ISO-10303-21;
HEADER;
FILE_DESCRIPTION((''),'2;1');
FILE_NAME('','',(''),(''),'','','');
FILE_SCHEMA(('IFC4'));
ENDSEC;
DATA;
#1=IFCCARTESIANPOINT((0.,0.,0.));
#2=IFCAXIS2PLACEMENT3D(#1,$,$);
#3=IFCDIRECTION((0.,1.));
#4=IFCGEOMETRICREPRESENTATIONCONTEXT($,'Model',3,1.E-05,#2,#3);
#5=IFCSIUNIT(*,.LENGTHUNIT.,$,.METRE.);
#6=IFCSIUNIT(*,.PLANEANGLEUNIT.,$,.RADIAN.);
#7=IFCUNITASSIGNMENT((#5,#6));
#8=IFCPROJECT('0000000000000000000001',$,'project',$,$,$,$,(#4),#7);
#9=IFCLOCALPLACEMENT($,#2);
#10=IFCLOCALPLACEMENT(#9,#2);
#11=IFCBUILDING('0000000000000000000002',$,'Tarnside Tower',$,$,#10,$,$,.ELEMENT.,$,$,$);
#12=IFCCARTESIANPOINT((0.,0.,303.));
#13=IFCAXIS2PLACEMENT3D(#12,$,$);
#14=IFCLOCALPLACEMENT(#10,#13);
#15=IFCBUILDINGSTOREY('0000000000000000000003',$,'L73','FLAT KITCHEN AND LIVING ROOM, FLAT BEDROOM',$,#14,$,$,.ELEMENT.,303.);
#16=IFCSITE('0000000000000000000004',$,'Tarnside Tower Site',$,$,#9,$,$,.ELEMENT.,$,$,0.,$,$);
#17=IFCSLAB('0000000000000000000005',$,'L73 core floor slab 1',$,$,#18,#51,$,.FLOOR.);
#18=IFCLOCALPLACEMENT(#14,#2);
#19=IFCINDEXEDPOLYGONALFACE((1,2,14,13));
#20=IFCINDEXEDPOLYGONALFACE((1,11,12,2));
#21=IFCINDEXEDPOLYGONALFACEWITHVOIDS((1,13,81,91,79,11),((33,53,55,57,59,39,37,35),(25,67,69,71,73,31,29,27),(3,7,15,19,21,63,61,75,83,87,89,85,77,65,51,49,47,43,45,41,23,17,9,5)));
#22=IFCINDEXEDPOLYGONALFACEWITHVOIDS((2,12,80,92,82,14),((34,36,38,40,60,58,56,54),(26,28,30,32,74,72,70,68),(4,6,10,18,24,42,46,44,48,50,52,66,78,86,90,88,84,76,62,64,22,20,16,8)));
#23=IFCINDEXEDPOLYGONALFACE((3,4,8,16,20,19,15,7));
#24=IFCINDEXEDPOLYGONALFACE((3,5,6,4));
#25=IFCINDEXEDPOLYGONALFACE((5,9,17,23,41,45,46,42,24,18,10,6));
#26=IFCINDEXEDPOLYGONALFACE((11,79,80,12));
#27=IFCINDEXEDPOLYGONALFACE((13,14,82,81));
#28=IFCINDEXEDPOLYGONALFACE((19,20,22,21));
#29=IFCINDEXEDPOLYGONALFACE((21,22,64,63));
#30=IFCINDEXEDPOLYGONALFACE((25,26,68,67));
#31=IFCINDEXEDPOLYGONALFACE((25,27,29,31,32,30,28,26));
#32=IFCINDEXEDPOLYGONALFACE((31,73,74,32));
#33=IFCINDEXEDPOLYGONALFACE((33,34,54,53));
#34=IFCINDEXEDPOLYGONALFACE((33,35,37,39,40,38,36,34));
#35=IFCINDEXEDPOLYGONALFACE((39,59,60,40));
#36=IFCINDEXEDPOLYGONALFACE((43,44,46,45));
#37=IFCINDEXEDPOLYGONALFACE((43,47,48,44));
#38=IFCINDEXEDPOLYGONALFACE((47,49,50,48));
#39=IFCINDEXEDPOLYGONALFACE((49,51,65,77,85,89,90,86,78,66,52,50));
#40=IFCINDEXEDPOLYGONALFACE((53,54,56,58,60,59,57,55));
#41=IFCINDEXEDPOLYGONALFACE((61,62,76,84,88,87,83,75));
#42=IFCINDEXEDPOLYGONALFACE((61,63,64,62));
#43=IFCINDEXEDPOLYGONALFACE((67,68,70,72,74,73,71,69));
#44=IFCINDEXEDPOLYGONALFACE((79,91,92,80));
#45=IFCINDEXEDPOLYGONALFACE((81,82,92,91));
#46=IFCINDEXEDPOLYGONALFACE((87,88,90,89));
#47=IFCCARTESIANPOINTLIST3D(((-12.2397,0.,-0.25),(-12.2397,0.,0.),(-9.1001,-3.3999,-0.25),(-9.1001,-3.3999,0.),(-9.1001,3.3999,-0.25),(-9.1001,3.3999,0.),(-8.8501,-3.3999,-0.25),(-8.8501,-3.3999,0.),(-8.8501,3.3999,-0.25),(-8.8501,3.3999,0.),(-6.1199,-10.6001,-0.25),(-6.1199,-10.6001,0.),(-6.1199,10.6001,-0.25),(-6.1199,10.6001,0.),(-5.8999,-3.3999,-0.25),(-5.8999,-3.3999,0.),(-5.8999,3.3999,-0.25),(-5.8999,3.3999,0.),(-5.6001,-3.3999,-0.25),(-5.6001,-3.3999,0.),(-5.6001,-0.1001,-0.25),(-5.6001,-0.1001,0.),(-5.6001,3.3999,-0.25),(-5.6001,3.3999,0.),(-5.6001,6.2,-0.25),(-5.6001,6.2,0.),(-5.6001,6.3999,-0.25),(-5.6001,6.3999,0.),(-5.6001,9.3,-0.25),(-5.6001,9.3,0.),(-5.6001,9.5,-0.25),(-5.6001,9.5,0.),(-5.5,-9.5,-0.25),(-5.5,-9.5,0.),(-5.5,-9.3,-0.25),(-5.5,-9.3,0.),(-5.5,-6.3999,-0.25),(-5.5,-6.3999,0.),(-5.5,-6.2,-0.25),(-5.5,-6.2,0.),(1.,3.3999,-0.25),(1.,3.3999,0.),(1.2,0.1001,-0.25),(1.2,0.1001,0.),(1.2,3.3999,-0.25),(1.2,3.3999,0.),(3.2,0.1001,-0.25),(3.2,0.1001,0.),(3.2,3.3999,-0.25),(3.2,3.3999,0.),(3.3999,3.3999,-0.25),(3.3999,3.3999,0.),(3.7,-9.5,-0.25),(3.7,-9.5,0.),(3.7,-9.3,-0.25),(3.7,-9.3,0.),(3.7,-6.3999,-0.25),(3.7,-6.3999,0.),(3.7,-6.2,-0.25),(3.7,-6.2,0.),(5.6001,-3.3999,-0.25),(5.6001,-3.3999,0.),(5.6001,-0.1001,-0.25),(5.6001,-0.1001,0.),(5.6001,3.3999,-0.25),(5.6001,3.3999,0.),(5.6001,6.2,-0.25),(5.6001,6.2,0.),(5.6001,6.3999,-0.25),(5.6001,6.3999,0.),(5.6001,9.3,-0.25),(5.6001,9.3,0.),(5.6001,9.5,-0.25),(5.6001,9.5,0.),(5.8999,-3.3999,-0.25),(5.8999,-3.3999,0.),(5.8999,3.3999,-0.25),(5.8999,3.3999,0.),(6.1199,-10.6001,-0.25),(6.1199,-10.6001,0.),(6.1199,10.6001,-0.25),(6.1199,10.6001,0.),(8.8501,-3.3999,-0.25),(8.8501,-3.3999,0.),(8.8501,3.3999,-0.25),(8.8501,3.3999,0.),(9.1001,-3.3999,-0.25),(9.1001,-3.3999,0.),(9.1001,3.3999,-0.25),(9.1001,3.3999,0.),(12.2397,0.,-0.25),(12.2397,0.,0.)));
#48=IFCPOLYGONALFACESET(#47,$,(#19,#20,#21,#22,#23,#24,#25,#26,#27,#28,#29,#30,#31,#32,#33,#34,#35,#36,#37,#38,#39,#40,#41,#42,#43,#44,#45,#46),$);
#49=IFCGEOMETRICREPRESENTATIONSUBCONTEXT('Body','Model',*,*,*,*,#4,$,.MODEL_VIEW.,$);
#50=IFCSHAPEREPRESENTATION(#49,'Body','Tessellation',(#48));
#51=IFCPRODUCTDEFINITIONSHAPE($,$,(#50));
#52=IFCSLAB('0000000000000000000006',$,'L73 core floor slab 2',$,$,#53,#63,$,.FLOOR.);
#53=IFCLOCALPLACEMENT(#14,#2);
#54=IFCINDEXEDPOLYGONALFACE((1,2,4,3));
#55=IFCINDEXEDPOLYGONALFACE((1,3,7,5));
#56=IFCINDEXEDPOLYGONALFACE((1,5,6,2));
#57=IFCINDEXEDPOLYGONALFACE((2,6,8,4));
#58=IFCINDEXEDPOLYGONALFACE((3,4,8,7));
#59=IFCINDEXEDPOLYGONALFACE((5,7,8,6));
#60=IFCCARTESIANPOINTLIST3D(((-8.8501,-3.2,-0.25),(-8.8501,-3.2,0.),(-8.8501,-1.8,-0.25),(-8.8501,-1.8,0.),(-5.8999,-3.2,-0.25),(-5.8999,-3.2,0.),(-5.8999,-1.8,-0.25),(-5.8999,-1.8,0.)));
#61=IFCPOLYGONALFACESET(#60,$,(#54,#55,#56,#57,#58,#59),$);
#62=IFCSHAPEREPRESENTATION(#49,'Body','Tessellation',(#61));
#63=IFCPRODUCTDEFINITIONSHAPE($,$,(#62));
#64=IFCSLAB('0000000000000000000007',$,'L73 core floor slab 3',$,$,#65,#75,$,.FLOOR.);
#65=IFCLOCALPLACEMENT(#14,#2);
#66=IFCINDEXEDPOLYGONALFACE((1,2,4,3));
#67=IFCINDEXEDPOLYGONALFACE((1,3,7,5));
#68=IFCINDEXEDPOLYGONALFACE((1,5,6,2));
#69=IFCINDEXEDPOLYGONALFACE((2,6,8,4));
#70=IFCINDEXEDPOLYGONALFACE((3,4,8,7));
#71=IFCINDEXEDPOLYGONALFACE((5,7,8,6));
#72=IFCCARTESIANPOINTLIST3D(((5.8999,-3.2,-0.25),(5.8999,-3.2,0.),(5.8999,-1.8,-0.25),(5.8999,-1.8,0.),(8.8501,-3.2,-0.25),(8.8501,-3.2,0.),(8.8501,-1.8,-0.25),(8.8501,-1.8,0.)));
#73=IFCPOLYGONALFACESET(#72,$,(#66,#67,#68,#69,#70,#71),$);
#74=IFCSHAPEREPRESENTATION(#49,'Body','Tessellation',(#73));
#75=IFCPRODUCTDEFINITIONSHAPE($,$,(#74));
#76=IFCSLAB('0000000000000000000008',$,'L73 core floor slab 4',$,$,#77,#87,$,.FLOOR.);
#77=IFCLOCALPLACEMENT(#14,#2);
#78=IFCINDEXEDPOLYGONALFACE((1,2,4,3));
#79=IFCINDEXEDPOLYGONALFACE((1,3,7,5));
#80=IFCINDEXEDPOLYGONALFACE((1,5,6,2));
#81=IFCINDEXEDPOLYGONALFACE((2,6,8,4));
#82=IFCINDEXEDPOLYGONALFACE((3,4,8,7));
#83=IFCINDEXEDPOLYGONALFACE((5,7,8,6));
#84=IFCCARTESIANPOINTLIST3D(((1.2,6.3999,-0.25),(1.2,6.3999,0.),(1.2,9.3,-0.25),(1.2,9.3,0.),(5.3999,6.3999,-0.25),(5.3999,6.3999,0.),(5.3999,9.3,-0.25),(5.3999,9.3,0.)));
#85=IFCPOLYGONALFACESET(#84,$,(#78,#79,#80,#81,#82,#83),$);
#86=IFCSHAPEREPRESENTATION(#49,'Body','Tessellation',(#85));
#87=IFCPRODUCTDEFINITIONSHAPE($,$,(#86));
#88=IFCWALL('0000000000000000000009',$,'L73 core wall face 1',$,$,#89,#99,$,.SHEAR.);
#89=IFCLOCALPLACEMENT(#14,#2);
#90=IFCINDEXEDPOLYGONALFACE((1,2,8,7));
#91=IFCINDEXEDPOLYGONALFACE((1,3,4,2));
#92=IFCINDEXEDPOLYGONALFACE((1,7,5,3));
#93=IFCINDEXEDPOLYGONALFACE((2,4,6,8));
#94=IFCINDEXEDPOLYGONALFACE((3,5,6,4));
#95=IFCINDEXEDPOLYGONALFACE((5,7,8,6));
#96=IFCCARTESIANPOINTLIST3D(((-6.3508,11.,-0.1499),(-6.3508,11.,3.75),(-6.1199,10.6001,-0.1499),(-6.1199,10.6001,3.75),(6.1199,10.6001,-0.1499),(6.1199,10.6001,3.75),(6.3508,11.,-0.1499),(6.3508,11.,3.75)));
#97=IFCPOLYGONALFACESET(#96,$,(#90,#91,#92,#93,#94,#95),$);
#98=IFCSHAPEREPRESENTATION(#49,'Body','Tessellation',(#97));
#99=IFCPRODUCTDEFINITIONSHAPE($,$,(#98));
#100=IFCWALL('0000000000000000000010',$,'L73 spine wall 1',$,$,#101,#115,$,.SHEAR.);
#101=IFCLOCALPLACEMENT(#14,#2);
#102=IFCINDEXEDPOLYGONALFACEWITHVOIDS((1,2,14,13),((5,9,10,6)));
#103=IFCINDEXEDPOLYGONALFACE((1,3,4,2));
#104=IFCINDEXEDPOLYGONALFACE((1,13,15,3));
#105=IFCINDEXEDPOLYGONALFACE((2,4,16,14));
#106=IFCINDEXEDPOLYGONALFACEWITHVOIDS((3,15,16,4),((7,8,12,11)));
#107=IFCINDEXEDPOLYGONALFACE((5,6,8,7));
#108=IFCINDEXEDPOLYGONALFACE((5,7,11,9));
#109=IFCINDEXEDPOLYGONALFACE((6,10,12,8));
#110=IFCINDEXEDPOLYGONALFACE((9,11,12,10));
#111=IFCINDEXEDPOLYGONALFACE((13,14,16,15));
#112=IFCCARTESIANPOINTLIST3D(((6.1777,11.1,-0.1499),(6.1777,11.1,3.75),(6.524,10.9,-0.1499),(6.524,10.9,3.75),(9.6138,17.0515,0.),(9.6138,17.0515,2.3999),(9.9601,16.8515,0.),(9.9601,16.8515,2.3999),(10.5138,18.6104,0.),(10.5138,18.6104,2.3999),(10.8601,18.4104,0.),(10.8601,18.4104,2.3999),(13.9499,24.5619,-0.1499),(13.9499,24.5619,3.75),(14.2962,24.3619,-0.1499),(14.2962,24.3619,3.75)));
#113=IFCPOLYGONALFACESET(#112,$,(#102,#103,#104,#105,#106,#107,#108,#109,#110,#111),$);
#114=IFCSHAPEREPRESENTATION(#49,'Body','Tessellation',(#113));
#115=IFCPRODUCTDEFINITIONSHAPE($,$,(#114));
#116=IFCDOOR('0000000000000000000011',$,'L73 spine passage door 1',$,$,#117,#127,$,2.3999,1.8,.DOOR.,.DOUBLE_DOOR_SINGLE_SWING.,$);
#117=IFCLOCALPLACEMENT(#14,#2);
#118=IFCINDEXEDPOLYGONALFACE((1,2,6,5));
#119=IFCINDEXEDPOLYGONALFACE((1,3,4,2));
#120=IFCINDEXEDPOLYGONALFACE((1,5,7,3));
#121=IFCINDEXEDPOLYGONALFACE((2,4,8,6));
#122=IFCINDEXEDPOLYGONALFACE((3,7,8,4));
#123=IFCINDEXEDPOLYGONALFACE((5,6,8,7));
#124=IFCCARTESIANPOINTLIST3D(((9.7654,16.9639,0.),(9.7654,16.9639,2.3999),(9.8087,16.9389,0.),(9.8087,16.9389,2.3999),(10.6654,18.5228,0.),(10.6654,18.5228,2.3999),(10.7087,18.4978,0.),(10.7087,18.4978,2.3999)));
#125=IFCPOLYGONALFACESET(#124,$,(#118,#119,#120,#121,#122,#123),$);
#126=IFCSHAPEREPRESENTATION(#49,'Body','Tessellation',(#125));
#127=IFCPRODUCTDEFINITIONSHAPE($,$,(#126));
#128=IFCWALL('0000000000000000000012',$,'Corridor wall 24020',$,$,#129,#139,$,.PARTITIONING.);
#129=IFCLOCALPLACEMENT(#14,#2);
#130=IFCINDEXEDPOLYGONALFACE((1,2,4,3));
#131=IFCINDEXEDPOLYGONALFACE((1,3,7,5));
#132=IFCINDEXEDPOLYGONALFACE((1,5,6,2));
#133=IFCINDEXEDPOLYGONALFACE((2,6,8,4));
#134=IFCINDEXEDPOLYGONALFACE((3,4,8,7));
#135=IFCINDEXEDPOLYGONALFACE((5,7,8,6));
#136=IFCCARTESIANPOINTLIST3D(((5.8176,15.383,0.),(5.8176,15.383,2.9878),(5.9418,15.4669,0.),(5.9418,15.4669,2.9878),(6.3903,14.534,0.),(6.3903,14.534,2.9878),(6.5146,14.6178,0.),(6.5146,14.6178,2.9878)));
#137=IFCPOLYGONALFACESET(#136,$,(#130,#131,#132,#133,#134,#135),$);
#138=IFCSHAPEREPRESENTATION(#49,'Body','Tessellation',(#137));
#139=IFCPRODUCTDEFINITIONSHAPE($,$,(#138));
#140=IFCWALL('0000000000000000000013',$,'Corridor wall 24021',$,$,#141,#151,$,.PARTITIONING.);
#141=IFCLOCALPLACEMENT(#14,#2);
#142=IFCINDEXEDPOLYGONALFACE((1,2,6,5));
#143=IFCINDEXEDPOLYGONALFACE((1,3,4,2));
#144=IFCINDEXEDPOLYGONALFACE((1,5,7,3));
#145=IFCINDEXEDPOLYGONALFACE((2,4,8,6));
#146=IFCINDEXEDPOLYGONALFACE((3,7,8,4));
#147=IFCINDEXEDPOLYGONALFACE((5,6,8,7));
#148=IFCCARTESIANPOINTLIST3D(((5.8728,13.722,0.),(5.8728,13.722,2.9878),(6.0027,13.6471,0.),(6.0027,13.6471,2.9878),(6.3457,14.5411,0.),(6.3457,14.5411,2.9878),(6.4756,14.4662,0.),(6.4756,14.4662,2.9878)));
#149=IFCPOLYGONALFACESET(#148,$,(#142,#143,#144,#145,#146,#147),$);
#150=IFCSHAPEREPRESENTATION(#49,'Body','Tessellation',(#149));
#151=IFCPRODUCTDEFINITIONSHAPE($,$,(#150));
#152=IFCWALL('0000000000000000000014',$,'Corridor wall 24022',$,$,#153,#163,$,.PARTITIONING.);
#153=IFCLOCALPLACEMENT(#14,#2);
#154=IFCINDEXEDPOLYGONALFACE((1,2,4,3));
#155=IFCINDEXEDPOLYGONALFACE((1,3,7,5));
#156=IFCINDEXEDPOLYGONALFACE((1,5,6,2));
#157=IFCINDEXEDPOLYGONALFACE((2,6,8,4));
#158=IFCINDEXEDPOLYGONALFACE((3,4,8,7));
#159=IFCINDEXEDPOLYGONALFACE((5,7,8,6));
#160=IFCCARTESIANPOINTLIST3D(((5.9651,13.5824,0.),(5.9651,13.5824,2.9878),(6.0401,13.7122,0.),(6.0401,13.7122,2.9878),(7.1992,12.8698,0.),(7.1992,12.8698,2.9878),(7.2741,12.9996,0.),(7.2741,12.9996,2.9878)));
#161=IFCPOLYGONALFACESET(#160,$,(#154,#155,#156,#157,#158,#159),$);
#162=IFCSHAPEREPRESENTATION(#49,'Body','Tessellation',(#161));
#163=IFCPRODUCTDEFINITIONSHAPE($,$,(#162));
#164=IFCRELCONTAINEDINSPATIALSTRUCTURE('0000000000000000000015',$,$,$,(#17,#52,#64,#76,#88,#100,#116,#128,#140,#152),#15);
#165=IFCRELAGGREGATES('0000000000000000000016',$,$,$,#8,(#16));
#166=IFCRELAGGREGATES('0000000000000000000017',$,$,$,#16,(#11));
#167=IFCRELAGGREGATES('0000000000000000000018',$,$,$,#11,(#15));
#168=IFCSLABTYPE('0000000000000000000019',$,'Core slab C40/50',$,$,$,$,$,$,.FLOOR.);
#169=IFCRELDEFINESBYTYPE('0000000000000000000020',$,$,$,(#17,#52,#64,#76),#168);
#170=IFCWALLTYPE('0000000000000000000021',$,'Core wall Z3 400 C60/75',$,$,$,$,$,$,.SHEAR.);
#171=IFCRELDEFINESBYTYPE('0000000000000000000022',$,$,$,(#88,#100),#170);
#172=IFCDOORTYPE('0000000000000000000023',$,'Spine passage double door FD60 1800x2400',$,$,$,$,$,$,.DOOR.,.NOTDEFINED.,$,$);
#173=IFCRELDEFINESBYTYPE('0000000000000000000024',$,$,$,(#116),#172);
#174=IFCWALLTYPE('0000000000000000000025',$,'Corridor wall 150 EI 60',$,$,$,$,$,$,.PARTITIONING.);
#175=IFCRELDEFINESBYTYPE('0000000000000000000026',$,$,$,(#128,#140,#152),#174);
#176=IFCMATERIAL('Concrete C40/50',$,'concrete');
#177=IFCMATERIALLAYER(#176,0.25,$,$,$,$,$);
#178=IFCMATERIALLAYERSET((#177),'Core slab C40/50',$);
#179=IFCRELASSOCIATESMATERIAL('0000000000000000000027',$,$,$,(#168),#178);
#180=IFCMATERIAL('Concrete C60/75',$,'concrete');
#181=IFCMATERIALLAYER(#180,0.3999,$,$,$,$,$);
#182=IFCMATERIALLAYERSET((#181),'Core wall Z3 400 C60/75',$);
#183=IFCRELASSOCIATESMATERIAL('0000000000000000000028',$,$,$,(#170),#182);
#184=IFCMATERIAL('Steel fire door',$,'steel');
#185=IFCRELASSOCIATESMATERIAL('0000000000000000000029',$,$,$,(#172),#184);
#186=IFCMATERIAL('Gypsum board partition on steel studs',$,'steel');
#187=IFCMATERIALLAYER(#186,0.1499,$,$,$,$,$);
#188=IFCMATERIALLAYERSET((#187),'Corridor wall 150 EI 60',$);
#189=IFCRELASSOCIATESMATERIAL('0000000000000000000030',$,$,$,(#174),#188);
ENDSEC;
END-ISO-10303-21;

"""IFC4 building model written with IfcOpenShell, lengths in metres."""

from ifc_helpers import new_model, si_unit, direction, frame, frame_2d, origin, place, context, subcontext, project, spatial, polyline, rectangle, outline, extrude, material, layer, layer_set, type_object, element, fill, save


model = new_model("IFC4")

# Units and contexts
model_context = context("Model", 3, precision=1e-05, world=origin(), true_north=direction((0.0, 1.0)))
body_context = subcontext(model_context, "Body", "Model", "MODEL_VIEW")
ifc_project = project(units=[si_unit("LENGTHUNIT", "METRE"), si_unit("PLANEANGLEUNIT", "RADIAN")], contexts=[model_context])

# Site, building, storey
site_placement = place(None, origin())
site = spatial("IfcSite", under=ifc_project, at=site_placement, Name="Tarnside Tower Site", CompositionType="ELEMENT", RefElevation=0.0)
building_placement = place(site_placement, origin())
building = spatial("IfcBuilding", under=site, at=building_placement, Name="Tarnside Tower", CompositionType="ELEMENT")
storey_placement = place(building_placement, frame((0.0, 0.0, 303.0)))
storey = spatial("IfcBuildingStorey", under=building, at=storey_placement, Name="L73", Description="FLAT KITCHEN AND LIVING ROOM, FLAT BEDROOM", CompositionType="ELEMENT", Elevation=303.0)

# Slabs
ifc_material_1 = material(Name="Concrete C40/50", Category="concrete")
ifc_layer_1 = layer(ifc_material_1, 0.25)
ifc_layer_set_1 = layer_set([ifc_layer_1], Name="Core slab C40/50")
slab_type = type_object("IfcSlabType", Name="Core slab C40/50", PredefinedType="FLOOR", material=ifc_layer_set_1)
slab_1_placement = place(storey_placement, frame((0.0, 0.0, -0.25)))
element("IfcSlab", 1, at=slab_1_placement, inside=storey, type_object=slab_type, Name="L73 core floor slab 1", PredefinedType="FLOOR", context=body_context, shape_type="SweptSolid", body=[
    extrude(outline(polyline([(6.1199, 10.6001), (12.2397, 0.0), (6.1199, -10.6001), (-6.1199, -10.6001), (-12.2397, 0.0), (-6.1199, 10.6001), (6.1199, 10.6001)]), holes=[polyline([(-5.5, -9.5), (3.7, -9.5), (3.7, -9.3), (3.7, -6.3999), (3.7, -6.2), (-5.5, -6.2), (-5.5, -6.3999), (-5.5, -9.3), (-5.5, -9.5)]), polyline([(-5.6001, -3.3999), (-5.6001, -0.1001), (5.6001, -0.1001), (5.6001, -3.3999), (5.8999, -3.3999), (8.8501, -3.3999), (9.1001, -3.3999), (9.1001, 3.3999), (8.8501, 3.3999), (5.8999, 3.3999), (5.6001, 3.3999), (3.3999, 3.3999), (3.2, 3.3999), (3.2, 0.1001), (1.2, 0.1001), (1.2, 3.3999), (1.0, 3.3999), (-5.6001, 3.3999), (-5.8999, 3.3999), (-8.8501, 3.3999), (-9.1001, 3.3999), (-9.1001, -3.3999), (-8.8501, -3.3999), (-5.8999, -3.3999), (-5.6001, -3.3999)]), polyline([(-5.6001, 6.2), (5.6001, 6.2), (5.6001, 6.3999), (5.6001, 9.3), (5.6001, 9.5), (-5.6001, 9.5), (-5.6001, 9.3), (-5.6001, 6.3999), (-5.6001, 6.2)])]), origin(), (0.0, 0.0, 1.0), 0.25),
])
slab_2_placement = place(storey_placement, frame((0.0, 0.0, -0.25)))
element("IfcSlab", 2, at=slab_2_placement, inside=storey, type_object=slab_type, Name="L73 core floor slab 2", PredefinedType="FLOOR", context=body_context, shape_type="SweptSolid", body=[
    extrude(outline(polyline([(-8.8501, -3.2), (-8.8501, -1.8), (-5.8999, -1.8), (-5.8999, -3.2), (-8.8501, -3.2)])), origin(), (0.0, 0.0, 1.0), 0.25),
])
slab_3_placement = place(storey_placement, frame((0.0, 0.0, -0.25)))
element("IfcSlab", 3, at=slab_3_placement, inside=storey, type_object=slab_type, Name="L73 core floor slab 3", PredefinedType="FLOOR", context=body_context, shape_type="SweptSolid", body=[
    extrude(outline(polyline([(5.8999, -1.8), (8.8501, -1.8), (8.8501, -3.2), (5.8999, -3.2), (5.8999, -1.8)])), origin(), (0.0, 0.0, 1.0), 0.25),
])
slab_4_placement = place(storey_placement, frame((0.0, 0.0, -0.25)))
element("IfcSlab", 4, at=slab_4_placement, inside=storey, type_object=slab_type, Name="L73 core floor slab 4", PredefinedType="FLOOR", context=body_context, shape_type="SweptSolid", body=[
    extrude(outline(polyline([(5.3999, 6.3999), (1.2, 6.3999), (1.2, 9.3), (5.3999, 9.3), (5.3999, 6.3999)])), origin(), (0.0, 0.0, 1.0), 0.25),
])

# Wall
ifc_material_2 = material(Name="Concrete C60/75", Category="concrete")
ifc_layer_2 = layer(ifc_material_2, 0.3999)
ifc_layer_set_2 = layer_set([ifc_layer_2], Name="Core wall Z3 400 C60/75")
wall_type_1 = type_object("IfcWallType", Name="Core wall Z3 400 C60/75", PredefinedType="SHEAR", material=ifc_layer_set_2)
wall_1_placement = place(storey_placement, frame((6.2354, 10.8, -0.1499), z_axis=(0.0, 0.0, 1.0), x_axis=(-1.0, 0.0, 0.0)))
element("IfcWall", 5, at=wall_1_placement, inside=storey, type_object=wall_type_1, Name="L73 core wall face 1", PredefinedType="SHEAR", context=body_context, shape_type="SweptSolid", body=[
    extrude(outline(polyline([(-0.1155, -0.2), (12.5862, -0.2), (12.3552, 0.2), (0.1155, 0.2), (-0.1155, -0.2)])), origin(), (0.0, 0.0, 1.0), 3.8999),
])

# Wall, opening, door
wall_2_placement = place(storey_placement, frame((6.3508, 11.0, -0.1499), z_axis=(0.0, 0.0, 1.0), x_axis=(0.499999, 0.866026, 0.0)))
wall_2 = element("IfcWall", 6, at=wall_2_placement, inside=storey, type_object=wall_type_1, Name="L73 spine wall 1", PredefinedType="SHEAR", context=body_context, shape_type="SweptSolid", body=[
    extrude(rectangle(XDim=15.5444, YDim=0.3999, at=frame_2d((7.7722, 0.0))), origin(), (0.0, 0.0, 1.0), 3.8999),
])
opening_1_placement = place(wall_2_placement, frame((6.8723, 0.0, 0.1499)))
opening_1 = element("IfcOpeningElement", 7, at=opening_1_placement, cuts=wall_2, PredefinedType="OPENING", context=body_context, shape_type="SweptSolid", body=[
    extrude(rectangle(XDim=1.8, YDim=2.3999, at=frame_2d((0.8999, 1.2))), frame((0.0, 0.21, 0.0), z_axis=(0.0, -1.0, 0.0), x_axis=(1.0, 0.0, 0.0)), (0.0, 0.0, 1.0), 0.4199),
])
ifc_material_3 = material(Name="Steel fire door", Category="steel")
door_type_1 = type_object("IfcDoorType", Name="Spine passage double door FD60 1800x2400", OperationType="NOTDEFINED", PredefinedType="DOOR", material=ifc_material_3)
door_1_placement = place(opening_1_placement, origin())
door_1 = element("IfcDoor", 8, at=door_1_placement, inside=storey, type_object=door_type_1, Name="L73 spine passage door 1", OperationType="DOUBLE_DOOR_SINGLE_SWING", OverallHeight=2.3999, OverallWidth=1.8, PredefinedType="DOOR", context=body_context, shape_type="SweptSolid", body=[
    extrude(rectangle(XDim=1.8, YDim=2.3999, at=frame_2d((0.8999, 1.2))), frame((0.0, 0.0249, 0.0), z_axis=(0.0, -1.0, 0.0), x_axis=(1.0, 0.0, 0.0)), (0.0, 0.0, 1.0), 0.05),
])
fill(opening_1, door_1)

# Walls
ifc_material_4 = material(Name="Gypsum board partition on steel studs", Category="steel")
ifc_layer_3 = layer(ifc_material_4, 0.1499)
ifc_layer_set_3 = layer_set([ifc_layer_3], Name="Corridor wall 150 EI 60")
wall_type_2 = type_object("IfcWallType", Name="Corridor wall 150 EI 60", PredefinedType="PARTITIONING", material=ifc_layer_set_3)
wall_3_placement = place(storey_placement, frame((5.8796, 15.425, 0.0), z_axis=(0.0, 0.0, 1.0), x_axis=(0.559203, -0.829031, 0.0)))
element("IfcWall", 9, at=wall_3_placement, inside=storey, type_object=wall_type_2, Name="Corridor wall 24020", PredefinedType="PARTITIONING", context=body_context, shape_type="SweptSolid", body=[
    extrude(rectangle(XDim=1.0242, YDim=0.1499, at=frame_2d((0.5122, 0.0))), origin(), (0.0, 0.0, 1.0), 2.9878),
])
wall_4_placement = place(storey_placement, frame((6.4106, 14.5037, 0.0), z_axis=(0.0, 0.0, 1.0), x_axis=(-0.499998, -0.866027, 0.0)))
element("IfcWall", 10, at=wall_4_placement, inside=storey, type_object=wall_type_2, Name="Corridor wall 24021", PredefinedType="PARTITIONING", context=body_context, shape_type="SweptSolid", body=[
    extrude(rectangle(XDim=0.9458, YDim=0.1499, at=frame_2d((0.4729, 0.0))), origin(), (0.0, 0.0, 1.0), 2.9878),
])
wall_5_placement = place(storey_placement, frame((6.0027, 13.6472, 0.0), z_axis=(0.0, 0.0, 1.0), x_axis=(0.865989, -0.500064, 0.0)))
element("IfcWall", 11, at=wall_5_placement, inside=storey, type_object=wall_type_2, Name="Corridor wall 24022", PredefinedType="PARTITIONING", context=body_context, shape_type="SweptSolid", body=[
    extrude(rectangle(XDim=1.425, YDim=0.1499, at=frame_2d((0.7124, 0.0))), origin(), (0.0, 0.0, 1.0), 2.9878),
])

save(model, "model.ifc")
